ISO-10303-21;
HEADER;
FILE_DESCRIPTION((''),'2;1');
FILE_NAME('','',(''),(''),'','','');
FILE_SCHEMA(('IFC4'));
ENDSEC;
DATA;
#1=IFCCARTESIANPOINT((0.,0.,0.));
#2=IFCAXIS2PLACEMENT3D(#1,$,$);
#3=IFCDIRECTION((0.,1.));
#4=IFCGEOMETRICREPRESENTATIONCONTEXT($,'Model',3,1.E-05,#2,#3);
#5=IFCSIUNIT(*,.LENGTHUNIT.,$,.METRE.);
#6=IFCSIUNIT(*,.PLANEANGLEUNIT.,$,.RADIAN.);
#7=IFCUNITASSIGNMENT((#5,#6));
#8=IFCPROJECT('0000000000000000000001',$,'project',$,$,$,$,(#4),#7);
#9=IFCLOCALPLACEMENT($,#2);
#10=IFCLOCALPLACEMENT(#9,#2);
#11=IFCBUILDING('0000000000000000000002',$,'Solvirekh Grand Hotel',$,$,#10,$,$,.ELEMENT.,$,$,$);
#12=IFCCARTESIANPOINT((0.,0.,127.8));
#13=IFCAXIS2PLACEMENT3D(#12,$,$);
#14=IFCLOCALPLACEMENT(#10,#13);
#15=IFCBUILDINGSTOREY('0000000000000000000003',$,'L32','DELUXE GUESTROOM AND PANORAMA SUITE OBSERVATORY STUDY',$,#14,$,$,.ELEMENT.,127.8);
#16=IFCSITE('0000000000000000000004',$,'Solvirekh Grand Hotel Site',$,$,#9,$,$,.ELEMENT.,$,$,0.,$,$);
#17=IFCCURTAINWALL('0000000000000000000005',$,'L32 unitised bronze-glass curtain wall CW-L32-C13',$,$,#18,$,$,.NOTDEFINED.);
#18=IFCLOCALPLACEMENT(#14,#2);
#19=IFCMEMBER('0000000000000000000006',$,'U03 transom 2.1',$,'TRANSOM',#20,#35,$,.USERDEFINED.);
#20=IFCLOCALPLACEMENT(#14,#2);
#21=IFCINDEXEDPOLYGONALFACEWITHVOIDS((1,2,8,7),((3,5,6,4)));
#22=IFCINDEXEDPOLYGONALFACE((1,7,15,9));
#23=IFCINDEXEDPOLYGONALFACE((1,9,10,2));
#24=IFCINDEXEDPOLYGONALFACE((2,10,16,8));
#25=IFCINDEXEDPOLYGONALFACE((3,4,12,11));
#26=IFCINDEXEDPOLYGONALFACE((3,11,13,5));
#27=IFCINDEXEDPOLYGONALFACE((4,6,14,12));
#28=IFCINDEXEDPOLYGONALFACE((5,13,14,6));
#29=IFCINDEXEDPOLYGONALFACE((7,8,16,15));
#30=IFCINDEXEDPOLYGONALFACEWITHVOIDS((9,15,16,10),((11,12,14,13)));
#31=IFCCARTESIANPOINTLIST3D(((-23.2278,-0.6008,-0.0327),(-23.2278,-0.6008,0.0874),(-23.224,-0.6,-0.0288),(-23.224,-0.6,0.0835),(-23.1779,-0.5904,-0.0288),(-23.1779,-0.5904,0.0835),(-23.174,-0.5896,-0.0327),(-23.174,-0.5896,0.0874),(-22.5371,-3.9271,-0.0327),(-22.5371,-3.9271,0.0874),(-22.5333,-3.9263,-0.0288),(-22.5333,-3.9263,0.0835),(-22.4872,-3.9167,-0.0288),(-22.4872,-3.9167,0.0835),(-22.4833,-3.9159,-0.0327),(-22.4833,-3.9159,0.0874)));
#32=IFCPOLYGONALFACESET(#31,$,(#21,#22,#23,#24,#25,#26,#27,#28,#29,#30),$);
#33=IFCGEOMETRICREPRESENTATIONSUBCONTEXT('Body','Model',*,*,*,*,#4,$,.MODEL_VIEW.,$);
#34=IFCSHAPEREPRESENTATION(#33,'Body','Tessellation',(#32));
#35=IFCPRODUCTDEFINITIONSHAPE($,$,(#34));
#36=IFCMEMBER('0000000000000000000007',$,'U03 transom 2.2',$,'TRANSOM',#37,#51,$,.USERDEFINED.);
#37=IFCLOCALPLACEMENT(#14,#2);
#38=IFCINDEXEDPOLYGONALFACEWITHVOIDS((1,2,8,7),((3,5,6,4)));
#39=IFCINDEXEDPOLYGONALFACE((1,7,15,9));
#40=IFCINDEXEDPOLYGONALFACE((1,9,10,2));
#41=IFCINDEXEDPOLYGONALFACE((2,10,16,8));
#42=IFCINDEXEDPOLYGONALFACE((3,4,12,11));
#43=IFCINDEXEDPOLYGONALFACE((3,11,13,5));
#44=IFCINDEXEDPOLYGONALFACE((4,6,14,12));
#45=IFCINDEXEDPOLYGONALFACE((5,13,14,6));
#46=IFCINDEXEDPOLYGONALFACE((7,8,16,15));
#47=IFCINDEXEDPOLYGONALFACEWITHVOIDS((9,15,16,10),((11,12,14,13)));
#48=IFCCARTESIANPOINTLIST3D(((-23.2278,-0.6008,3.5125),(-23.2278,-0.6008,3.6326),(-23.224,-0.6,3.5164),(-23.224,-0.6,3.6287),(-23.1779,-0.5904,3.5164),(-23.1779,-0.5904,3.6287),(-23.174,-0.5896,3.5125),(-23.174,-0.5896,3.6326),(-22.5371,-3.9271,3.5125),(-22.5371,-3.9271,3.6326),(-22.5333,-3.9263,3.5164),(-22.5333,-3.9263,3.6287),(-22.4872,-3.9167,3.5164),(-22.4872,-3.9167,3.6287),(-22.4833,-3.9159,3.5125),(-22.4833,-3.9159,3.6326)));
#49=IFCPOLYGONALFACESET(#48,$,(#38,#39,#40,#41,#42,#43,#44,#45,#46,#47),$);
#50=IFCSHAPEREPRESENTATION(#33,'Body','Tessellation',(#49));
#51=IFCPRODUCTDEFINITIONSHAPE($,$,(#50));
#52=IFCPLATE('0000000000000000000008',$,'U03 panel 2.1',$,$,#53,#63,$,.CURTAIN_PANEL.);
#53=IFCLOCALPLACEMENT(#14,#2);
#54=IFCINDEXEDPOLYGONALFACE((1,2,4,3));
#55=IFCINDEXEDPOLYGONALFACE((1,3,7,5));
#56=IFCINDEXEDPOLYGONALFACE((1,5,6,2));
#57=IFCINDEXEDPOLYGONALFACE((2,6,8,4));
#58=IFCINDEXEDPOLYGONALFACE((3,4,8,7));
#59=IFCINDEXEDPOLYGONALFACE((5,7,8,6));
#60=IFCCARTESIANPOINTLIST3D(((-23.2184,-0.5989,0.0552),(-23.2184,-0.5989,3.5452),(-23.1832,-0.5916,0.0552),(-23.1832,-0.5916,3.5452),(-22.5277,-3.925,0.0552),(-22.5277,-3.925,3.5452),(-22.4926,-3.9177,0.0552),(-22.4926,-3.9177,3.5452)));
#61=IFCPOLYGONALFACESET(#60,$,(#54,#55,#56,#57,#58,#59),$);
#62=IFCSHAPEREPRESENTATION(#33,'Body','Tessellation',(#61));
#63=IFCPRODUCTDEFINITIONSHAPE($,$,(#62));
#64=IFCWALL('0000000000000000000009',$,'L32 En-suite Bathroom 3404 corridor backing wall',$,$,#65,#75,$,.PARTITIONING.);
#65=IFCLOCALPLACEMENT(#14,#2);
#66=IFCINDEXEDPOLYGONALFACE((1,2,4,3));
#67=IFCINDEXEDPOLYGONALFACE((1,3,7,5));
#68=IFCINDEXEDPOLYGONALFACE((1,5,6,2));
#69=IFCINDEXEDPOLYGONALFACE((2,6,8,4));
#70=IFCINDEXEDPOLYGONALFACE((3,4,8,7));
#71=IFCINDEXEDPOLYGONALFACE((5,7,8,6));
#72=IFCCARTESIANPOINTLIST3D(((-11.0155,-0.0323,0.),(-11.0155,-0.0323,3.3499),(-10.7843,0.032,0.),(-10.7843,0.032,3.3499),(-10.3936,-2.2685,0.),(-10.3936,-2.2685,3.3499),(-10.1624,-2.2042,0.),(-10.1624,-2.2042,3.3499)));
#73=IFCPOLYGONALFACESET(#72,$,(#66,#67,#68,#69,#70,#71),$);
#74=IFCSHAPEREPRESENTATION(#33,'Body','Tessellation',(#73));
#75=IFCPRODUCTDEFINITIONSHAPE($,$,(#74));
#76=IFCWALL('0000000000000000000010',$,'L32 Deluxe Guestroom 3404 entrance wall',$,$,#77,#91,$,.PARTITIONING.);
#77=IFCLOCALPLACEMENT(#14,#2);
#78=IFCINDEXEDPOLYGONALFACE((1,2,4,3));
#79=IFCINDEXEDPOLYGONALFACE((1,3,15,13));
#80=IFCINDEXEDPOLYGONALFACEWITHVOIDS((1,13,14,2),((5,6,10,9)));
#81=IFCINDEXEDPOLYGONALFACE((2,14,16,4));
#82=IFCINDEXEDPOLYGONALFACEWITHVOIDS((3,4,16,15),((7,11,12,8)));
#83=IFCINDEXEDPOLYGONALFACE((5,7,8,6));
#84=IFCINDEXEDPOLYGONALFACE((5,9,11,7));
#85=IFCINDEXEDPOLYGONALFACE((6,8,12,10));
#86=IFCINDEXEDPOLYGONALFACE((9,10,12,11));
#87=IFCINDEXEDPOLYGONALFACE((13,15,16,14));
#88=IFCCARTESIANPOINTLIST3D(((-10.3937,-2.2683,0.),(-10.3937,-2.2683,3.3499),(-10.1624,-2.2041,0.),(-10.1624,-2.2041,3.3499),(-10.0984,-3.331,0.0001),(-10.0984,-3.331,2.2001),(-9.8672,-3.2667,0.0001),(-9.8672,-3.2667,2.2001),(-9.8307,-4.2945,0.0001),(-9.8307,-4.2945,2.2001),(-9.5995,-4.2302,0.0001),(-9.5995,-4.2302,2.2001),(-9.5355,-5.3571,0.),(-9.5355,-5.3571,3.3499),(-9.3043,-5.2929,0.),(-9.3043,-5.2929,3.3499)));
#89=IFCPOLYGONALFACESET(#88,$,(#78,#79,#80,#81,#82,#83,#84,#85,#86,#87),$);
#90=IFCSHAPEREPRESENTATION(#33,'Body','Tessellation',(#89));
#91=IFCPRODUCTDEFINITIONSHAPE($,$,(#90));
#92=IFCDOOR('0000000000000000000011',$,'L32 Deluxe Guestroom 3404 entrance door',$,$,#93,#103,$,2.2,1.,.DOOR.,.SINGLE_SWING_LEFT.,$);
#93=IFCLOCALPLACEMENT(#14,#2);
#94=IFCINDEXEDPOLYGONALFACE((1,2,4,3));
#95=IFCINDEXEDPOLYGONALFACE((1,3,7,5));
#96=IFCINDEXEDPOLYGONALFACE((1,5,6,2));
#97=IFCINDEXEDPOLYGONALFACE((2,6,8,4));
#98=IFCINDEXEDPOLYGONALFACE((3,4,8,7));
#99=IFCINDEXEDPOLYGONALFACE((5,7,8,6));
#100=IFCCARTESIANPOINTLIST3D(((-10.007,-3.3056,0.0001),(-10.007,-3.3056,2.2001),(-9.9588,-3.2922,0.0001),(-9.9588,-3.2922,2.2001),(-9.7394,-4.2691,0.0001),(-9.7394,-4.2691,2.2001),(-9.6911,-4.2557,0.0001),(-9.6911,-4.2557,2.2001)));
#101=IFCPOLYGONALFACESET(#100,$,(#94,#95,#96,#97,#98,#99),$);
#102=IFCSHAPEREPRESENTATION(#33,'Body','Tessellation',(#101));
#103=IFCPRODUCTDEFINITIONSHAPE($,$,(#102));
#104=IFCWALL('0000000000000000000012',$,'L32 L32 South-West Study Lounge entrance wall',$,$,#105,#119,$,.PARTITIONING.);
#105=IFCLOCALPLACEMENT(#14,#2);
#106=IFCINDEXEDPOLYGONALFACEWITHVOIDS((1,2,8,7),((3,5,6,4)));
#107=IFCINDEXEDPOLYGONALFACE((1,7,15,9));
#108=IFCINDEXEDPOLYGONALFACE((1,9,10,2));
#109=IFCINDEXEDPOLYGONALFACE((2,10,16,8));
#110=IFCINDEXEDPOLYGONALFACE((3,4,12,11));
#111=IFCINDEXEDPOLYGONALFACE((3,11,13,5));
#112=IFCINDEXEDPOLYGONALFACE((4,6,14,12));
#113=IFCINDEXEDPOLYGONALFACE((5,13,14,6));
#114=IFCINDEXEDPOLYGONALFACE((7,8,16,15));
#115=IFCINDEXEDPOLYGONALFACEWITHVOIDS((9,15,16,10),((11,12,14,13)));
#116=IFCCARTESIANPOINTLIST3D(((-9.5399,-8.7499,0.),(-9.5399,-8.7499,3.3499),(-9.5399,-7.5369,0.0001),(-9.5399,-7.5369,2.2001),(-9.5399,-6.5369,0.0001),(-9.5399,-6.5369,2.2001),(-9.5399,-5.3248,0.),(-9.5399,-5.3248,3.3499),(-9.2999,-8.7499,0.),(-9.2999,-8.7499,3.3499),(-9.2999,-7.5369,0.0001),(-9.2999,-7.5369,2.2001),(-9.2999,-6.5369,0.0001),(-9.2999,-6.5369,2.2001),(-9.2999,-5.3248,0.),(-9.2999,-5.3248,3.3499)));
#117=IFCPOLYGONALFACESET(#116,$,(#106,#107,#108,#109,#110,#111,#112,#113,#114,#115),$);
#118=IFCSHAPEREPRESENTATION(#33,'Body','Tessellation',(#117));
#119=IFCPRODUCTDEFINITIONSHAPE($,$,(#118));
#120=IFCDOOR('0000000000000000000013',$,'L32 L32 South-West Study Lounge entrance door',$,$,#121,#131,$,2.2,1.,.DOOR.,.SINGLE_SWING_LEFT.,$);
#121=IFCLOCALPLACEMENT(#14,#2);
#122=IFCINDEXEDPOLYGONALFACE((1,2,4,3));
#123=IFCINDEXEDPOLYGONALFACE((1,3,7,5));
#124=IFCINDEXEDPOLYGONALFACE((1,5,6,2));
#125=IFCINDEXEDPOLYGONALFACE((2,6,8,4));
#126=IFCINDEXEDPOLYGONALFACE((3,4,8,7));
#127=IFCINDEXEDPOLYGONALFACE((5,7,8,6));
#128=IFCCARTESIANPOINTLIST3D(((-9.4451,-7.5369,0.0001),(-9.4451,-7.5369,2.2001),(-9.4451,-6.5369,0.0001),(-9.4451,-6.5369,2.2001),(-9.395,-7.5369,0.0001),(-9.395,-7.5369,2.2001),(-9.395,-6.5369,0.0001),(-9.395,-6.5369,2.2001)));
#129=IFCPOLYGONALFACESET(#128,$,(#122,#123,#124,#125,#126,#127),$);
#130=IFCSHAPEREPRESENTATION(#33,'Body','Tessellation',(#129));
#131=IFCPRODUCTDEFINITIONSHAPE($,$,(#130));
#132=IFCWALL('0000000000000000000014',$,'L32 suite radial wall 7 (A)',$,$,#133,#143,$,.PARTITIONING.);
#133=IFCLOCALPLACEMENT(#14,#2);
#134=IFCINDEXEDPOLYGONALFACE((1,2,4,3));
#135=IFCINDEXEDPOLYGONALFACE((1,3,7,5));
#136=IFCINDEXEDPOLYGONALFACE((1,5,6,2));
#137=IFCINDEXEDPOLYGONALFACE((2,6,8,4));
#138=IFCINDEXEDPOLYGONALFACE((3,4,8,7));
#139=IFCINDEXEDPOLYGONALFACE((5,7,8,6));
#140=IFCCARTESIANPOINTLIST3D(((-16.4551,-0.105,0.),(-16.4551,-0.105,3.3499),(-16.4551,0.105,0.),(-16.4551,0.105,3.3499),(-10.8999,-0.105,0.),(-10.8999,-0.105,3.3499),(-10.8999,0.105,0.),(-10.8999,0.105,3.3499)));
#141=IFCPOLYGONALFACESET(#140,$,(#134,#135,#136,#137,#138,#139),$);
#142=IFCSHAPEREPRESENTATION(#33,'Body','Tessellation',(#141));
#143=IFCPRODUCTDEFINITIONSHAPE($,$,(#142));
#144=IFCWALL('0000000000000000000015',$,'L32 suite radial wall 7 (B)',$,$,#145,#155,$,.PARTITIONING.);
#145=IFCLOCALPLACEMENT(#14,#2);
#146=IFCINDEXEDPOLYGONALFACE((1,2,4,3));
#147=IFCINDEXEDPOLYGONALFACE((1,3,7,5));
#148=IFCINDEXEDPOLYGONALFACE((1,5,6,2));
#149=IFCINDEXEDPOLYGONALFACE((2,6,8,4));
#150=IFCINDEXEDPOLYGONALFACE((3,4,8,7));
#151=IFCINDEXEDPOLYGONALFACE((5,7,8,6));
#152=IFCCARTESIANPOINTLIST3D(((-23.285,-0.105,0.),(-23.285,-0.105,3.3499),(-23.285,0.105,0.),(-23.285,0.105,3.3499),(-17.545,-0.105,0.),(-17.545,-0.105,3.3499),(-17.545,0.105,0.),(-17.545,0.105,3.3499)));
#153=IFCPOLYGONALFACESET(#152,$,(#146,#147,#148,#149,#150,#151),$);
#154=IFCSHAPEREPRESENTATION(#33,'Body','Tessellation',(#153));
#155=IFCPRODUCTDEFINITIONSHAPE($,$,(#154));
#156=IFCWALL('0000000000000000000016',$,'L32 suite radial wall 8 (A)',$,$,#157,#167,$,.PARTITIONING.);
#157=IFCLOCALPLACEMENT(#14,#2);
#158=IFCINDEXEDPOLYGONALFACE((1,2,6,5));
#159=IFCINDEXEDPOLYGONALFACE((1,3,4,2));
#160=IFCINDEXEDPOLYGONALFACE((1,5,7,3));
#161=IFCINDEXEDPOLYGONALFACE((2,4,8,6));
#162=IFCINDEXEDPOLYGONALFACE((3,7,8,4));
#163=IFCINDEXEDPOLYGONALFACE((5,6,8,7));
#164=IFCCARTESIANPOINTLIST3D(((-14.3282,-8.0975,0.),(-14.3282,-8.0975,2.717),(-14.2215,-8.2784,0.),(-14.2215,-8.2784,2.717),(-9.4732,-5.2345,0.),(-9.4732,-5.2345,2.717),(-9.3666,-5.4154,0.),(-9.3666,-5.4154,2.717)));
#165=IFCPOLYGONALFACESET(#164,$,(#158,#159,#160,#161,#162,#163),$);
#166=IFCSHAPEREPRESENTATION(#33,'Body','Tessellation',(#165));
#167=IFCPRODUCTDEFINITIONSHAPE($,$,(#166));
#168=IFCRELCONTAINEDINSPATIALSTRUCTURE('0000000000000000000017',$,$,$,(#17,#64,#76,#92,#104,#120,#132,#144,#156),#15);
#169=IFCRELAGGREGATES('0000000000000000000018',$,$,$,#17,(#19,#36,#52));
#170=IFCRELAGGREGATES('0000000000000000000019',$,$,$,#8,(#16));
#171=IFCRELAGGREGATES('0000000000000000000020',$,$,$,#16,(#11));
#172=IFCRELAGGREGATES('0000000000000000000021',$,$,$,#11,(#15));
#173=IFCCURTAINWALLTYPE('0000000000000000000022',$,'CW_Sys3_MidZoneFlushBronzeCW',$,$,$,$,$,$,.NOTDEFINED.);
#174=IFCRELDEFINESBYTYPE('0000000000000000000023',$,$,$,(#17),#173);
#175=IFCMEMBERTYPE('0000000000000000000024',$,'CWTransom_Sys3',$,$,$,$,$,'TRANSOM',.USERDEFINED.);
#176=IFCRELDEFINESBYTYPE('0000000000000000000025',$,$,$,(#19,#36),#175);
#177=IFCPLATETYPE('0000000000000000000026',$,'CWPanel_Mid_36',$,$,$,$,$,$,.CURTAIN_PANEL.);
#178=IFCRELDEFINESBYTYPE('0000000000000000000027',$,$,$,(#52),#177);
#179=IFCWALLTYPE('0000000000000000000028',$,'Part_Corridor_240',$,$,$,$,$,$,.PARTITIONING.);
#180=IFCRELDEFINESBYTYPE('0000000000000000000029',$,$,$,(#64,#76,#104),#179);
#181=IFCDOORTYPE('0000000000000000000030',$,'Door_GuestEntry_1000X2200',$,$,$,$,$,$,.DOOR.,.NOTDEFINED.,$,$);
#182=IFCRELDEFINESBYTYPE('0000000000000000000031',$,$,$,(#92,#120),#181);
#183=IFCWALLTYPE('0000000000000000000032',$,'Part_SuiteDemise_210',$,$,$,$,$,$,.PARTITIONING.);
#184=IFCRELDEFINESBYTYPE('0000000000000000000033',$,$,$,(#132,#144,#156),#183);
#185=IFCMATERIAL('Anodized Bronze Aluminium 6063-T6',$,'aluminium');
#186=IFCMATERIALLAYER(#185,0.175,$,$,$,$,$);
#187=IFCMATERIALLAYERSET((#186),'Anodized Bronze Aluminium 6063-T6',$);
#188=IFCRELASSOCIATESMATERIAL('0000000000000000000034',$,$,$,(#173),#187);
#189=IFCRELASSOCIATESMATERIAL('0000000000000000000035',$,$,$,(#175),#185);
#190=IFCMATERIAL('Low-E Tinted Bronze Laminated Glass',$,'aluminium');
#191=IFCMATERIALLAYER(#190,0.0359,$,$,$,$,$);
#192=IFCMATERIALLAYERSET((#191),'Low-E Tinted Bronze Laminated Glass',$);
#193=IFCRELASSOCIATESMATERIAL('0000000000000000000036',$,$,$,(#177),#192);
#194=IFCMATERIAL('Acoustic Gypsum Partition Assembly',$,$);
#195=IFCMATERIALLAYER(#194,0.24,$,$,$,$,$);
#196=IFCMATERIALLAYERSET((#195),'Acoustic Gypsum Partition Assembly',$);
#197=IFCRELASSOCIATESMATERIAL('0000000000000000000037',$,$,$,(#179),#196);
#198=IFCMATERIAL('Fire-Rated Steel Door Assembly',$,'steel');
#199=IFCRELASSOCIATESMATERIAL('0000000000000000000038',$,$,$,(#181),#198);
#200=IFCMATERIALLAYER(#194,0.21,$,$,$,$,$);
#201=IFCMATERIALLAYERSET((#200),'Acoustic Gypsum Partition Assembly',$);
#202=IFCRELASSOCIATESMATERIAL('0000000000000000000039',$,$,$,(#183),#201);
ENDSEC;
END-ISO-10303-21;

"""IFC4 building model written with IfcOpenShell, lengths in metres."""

from ifc_helpers import new_model, si_unit, direction, frame, frame_2d, origin, origin_2d, place, context, subcontext, project, spatial, rectangle, hollow_rectangle, extrude, source, transform, mapped, material, layer, layer_set, material_profile, profile_set, type_object, element, fill, aggregate, save


model = new_model("IFC4")

# Units and contexts
model_context = context("Model", 3, precision=1e-05, world=origin(), true_north=direction((0.0, 1.0)))
body_context = subcontext(model_context, "Body", "Model", "MODEL_VIEW")
ifc_project = project(units=[si_unit("LENGTHUNIT", "METRE"), si_unit("PLANEANGLEUNIT", "RADIAN")], contexts=[model_context])

# Site, building, storey
site_placement = place(None, origin())
site = spatial("IfcSite", under=ifc_project, at=site_placement, Name="Solvirekh Grand Hotel Site", CompositionType="ELEMENT", RefElevation=0.0)
building_placement = place(site_placement, origin())
building = spatial("IfcBuilding", under=site, at=building_placement, Name="Solvirekh Grand Hotel", CompositionType="ELEMENT")
storey_placement = place(building_placement, frame((0.0, 0.0, 127.8)))
storey = spatial("IfcBuildingStorey", under=building, at=storey_placement, Name="L32", Description="DELUXE GUESTROOM AND PANORAMA SUITE OBSERVATORY STUDY", CompositionType="ELEMENT", Elevation=127.8)

# Curtain wall, members, plate
ifc_material_1 = material(Name="Anodized Bronze Aluminium 6063-T6", Category="aluminium")
ifc_layer_1 = layer(ifc_material_1, 0.175)
ifc_layer_set_1 = layer_set([ifc_layer_1], Name="Anodized Bronze Aluminium 6063-T6")
curtain_wall_type = type_object("IfcCurtainWallType", Name="CW_Sys3_MidZoneFlushBronzeCW", PredefinedType="NOTDEFINED", material=ifc_layer_set_1)
curtain_wall_placement = place(storey_placement, origin())
curtain_wall = element("IfcCurtainWall", 1, at=curtain_wall_placement, inside=storey, type_object=curtain_wall_type, Name="L32 unitised bronze-glass curtain wall CW-L32-C13", PredefinedType="NOTDEFINED")
ifc_material_profile_1 = material_profile(ifc_material_1, hollow_rectangle(XDim=0.0549, YDim=0.1201, WallThickness=0.0039, at=origin_2d()), Name="ALU RHS 120X55X4")
ifc_profile_set_1 = profile_set([ifc_material_profile_1], Name="Anodized Bronze Aluminium 6063-T6")
member_type_1 = type_object("IfcMemberType", Name="CWTransom_Sys3", ElementType="TRANSOM", PredefinedType="USERDEFINED", material=ifc_profile_set_1)
shared_shape_1 = source(origin(), body_context, "Body", "SweptSolid", [
    extrude(hollow_rectangle(XDim=0.0549, YDim=0.1201, WallThickness=0.0039, at=origin_2d()), origin(), (0.0, 0.0, 1.0), 3.3972),
])
member_1_placement = place(storey_placement, frame((-23.2009, -0.5952, 0.0273), z_axis=(0.203311, -0.979114, 0.0), x_axis=(0.979114, 0.203311, 0.0)))
member_1 = element("IfcMember", 2, at=member_1_placement, type_object=member_type_1, Name="U03 transom 2.1", ObjectType="TRANSOM", PredefinedType="USERDEFINED", context=body_context, shape_type="MappedRepresentation", body=[
    mapped(shared_shape_1, transform((0.0, 0.0, 0.0), x_axis=(1.0, 0.0, 0.0), y_axis=(0.0, 1.0, 0.0), z_axis=(0.0, 0.0, 1.0), scale=1.0)),
])
member_2_placement = place(storey_placement, frame((-23.2009, -0.5952, 3.5725), z_axis=(0.203311, -0.979114, 0.0), x_axis=(0.979114, 0.203311, 0.0)))
member_2 = element("IfcMember", 3, at=member_2_placement, type_object=member_type_1, Name="U03 transom 2.2", ObjectType="TRANSOM", PredefinedType="USERDEFINED", context=body_context, shape_type="MappedRepresentation", body=[
    mapped(shared_shape_1, transform((0.0, 0.0, 0.0), x_axis=(1.0, 0.0, 0.0), y_axis=(0.0, 1.0, 0.0), z_axis=(0.0, 0.0, 1.0), scale=1.0)),
])
ifc_material_2 = material(Name="Low-E Tinted Bronze Laminated Glass", Category="aluminium")
ifc_layer_2 = layer(ifc_material_2, 0.0359)
ifc_layer_set_2 = layer_set([ifc_layer_2], Name="Low-E Tinted Bronze Laminated Glass")
plate_type = type_object("IfcPlateType", Name="CWPanel_Mid_36", PredefinedType="CURTAIN_PANEL", material=ifc_layer_set_2)
shared_shape_2 = source(origin(), body_context, "Body", "SweptSolid", [
    extrude(rectangle(XDim=3.397, YDim=0.0359, at=origin_2d()), origin(), (0.0, 0.0, 1.0), 3.49),
])
plate_placement = place(storey_placement, frame((-22.8555, -2.2583, 0.0552), z_axis=(0.0, 0.0, 1.0), x_axis=(0.20332, -0.979112, 0.0)))
plate = element("IfcPlate", 4, at=plate_placement, type_object=plate_type, Name="U03 panel 2.1", PredefinedType="CURTAIN_PANEL", context=body_context, shape_type="MappedRepresentation", body=[
    mapped(shared_shape_2, transform((0.0, 0.0, 0.0), x_axis=(1.0, 0.0, 0.0), y_axis=(0.0, 1.0, 0.0), z_axis=(0.0, 0.0, 1.0), scale=1.0)),
])
aggregate(curtain_wall, [member_1, member_2, plate])

# Wall
ifc_material_3 = material(Name="Acoustic Gypsum Partition Assembly")
ifc_layer_3 = layer(ifc_material_3, 0.24)
ifc_layer_set_3 = layer_set([ifc_layer_3], Name="Acoustic Gypsum Partition Assembly")
wall_type_1 = type_object("IfcWallType", Name="Part_Corridor_240", PredefinedType="PARTITIONING", material=ifc_layer_set_3)
wall_1_placement = place(storey_placement, frame((-10.8999, 0.0, 0.0), z_axis=(0.0, 0.0, 1.0), x_axis=(0.267921, -0.963441, 0.0)))
element("IfcWall", 5, at=wall_1_placement, inside=storey, type_object=wall_type_1, Name="L32 En-suite Bathroom 3404 corridor backing wall", PredefinedType="PARTITIONING", context=body_context, shape_type="SweptSolid", body=[
    extrude(rectangle(XDim=2.321, YDim=0.24, at=frame_2d((1.1606, 0.0))), origin(), (0.0, 0.0, 1.0), 3.3499),
])

# Walls, openings, doors
wall_2_placement = place(storey_placement, frame((-10.2781, -2.2361, 0.0), z_axis=(0.0, 0.0, 1.0), x_axis=(0.267683, -0.963507, 0.0)))
wall_2 = element("IfcWall", 6, at=wall_2_placement, inside=storey, type_object=wall_type_1, Name="L32 Deluxe Guestroom 3404 entrance wall", PredefinedType="PARTITIONING", context=body_context, shape_type="SweptSolid", body=[
    extrude(rectangle(XDim=3.2058, YDim=0.24, at=frame_2d((1.603, 0.0))), origin(), (0.0, 0.0, 1.0), 3.3499),
])
opening_1_placement = place(wall_2_placement, frame((1.103, 0.0, 0.0)))
opening_1 = element("IfcOpeningElement", 7, at=opening_1_placement, cuts=wall_2, PredefinedType="OPENING", context=body_context, shape_type="SweptSolid", body=[
    extrude(rectangle(XDim=1.0, YDim=2.2, at=frame_2d((0.5, 1.1001))), frame((0.0, 0.1299, 0.0), z_axis=(0.0, -1.0, 0.0), x_axis=(1.0, 0.0, 0.0)), (0.0, 0.0, 1.0), 0.26),
])
ifc_material_4 = material(Name="Fire-Rated Steel Door Assembly", Category="steel")
door_type_1 = type_object("IfcDoorType", Name="Door_GuestEntry_1000X2200", OperationType="NOTDEFINED", PredefinedType="DOOR", material=ifc_material_4)
door_1_placement = place(opening_1_placement, origin())
door_1 = element("IfcDoor", 8, at=door_1_placement, inside=storey, type_object=door_type_1, Name="L32 Deluxe Guestroom 3404 entrance door", OperationType="SINGLE_SWING_LEFT", OverallHeight=2.2, OverallWidth=1.0, PredefinedType="DOOR", context=body_context, shape_type="SweptSolid", body=[
    extrude(rectangle(XDim=1.0, YDim=2.2, at=frame_2d((0.5, 1.1001))), frame((0.0, 0.0249, 0.0), z_axis=(0.0, -1.0, 0.0), x_axis=(1.0, 0.0, 0.0)), (0.0, 0.0, 1.0), 0.05),
])
fill(opening_1, door_1)
wall_3_placement = place(storey_placement, frame((-9.4199, -5.325, 0.0), z_axis=(0.0, 0.0, 1.0), x_axis=(0.0, -1.0, 0.0)))
wall_3 = element("IfcWall", 9, at=wall_3_placement, inside=storey, type_object=wall_type_1, Name="L32 L32 South-West Study Lounge entrance wall", PredefinedType="PARTITIONING", context=body_context, shape_type="SweptSolid", body=[
    extrude(rectangle(XDim=3.425, YDim=0.24, at=frame_2d((1.7124, 0.0))), origin(), (0.0, 0.0, 1.0), 3.3499),
])
opening_2_placement = place(wall_3_placement, frame((1.2119, 0.0, 0.0)))
opening_2 = element("IfcOpeningElement", 10, at=opening_2_placement, cuts=wall_3, PredefinedType="OPENING", context=body_context, shape_type="SweptSolid", body=[
    extrude(rectangle(XDim=1.0, YDim=2.2, at=frame_2d((0.5, 1.1001))), frame((0.0, 0.1299, 0.0), z_axis=(0.0, -1.0, 0.0), x_axis=(1.0, 0.0, 0.0)), (0.0, 0.0, 1.0), 0.26),
])
door_2_placement = place(opening_2_placement, origin())
door_2 = element("IfcDoor", 11, at=door_2_placement, inside=storey, type_object=door_type_1, Name="L32 L32 South-West Study Lounge entrance door", OperationType="SINGLE_SWING_LEFT", OverallHeight=2.2, OverallWidth=1.0, PredefinedType="DOOR", context=body_context, shape_type="SweptSolid", body=[
    extrude(rectangle(XDim=1.0, YDim=2.2, at=frame_2d((0.5, 1.1001))), frame((0.0, 0.0249, 0.0), z_axis=(0.0, -1.0, 0.0), x_axis=(1.0, 0.0, 0.0)), (0.0, 0.0, 1.0), 0.05),
])
fill(opening_2, door_2)

# Walls
ifc_layer_4 = layer(ifc_material_3, 0.21)
ifc_layer_set_4 = layer_set([ifc_layer_4], Name="Acoustic Gypsum Partition Assembly")
wall_type_2 = type_object("IfcWallType", Name="Part_SuiteDemise_210", PredefinedType="PARTITIONING", material=ifc_layer_set_4)
wall_4_placement = place(storey_placement, frame((-10.8999, 0.0, 0.0), z_axis=(0.0, 0.0, 1.0), x_axis=(-1.0, 0.0, 0.0)))
element("IfcWall", 12, at=wall_4_placement, inside=storey, type_object=wall_type_2, Name="L32 suite radial wall 7 (A)", PredefinedType="PARTITIONING", context=body_context, shape_type="SweptSolid", body=[
    extrude(rectangle(XDim=5.5552, YDim=0.21, at=frame_2d((2.7776, 0.0))), origin(), (0.0, 0.0, 1.0), 3.3499),
])
wall_5_placement = place(storey_placement, frame((-17.5449, 0.0, 0.0), z_axis=(0.0, 0.0, 1.0), x_axis=(-1.0, 0.0, 0.0)))
element("IfcWall", 13, at=wall_5_placement, inside=storey, type_object=wall_type_2, Name="L32 suite radial wall 7 (B)", PredefinedType="PARTITIONING", context=body_context, shape_type="SweptSolid", body=[
    extrude(rectangle(XDim=5.74, YDim=0.21, at=frame_2d((2.8701, 0.0))), origin(), (0.0, 0.0, 1.0), 3.3499),
])
wall_6_placement = place(storey_placement, frame((-9.4199, -5.325, 0.0), z_axis=(0.0, 0.0, 1.0), x_axis=(-0.861378, -0.507964, 0.0)))
element("IfcWall", 14, at=wall_6_placement, inside=storey, type_object=wall_type_2, Name="L32 suite radial wall 8 (A)", PredefinedType="PARTITIONING", context=body_context, shape_type="SweptSolid", body=[
    extrude(rectangle(XDim=5.6362, YDim=0.21, at=frame_2d((2.8181, 0.0))), origin(), (0.0, 0.0, 1.0), 2.717),
])

save(model, "model.ifc")
